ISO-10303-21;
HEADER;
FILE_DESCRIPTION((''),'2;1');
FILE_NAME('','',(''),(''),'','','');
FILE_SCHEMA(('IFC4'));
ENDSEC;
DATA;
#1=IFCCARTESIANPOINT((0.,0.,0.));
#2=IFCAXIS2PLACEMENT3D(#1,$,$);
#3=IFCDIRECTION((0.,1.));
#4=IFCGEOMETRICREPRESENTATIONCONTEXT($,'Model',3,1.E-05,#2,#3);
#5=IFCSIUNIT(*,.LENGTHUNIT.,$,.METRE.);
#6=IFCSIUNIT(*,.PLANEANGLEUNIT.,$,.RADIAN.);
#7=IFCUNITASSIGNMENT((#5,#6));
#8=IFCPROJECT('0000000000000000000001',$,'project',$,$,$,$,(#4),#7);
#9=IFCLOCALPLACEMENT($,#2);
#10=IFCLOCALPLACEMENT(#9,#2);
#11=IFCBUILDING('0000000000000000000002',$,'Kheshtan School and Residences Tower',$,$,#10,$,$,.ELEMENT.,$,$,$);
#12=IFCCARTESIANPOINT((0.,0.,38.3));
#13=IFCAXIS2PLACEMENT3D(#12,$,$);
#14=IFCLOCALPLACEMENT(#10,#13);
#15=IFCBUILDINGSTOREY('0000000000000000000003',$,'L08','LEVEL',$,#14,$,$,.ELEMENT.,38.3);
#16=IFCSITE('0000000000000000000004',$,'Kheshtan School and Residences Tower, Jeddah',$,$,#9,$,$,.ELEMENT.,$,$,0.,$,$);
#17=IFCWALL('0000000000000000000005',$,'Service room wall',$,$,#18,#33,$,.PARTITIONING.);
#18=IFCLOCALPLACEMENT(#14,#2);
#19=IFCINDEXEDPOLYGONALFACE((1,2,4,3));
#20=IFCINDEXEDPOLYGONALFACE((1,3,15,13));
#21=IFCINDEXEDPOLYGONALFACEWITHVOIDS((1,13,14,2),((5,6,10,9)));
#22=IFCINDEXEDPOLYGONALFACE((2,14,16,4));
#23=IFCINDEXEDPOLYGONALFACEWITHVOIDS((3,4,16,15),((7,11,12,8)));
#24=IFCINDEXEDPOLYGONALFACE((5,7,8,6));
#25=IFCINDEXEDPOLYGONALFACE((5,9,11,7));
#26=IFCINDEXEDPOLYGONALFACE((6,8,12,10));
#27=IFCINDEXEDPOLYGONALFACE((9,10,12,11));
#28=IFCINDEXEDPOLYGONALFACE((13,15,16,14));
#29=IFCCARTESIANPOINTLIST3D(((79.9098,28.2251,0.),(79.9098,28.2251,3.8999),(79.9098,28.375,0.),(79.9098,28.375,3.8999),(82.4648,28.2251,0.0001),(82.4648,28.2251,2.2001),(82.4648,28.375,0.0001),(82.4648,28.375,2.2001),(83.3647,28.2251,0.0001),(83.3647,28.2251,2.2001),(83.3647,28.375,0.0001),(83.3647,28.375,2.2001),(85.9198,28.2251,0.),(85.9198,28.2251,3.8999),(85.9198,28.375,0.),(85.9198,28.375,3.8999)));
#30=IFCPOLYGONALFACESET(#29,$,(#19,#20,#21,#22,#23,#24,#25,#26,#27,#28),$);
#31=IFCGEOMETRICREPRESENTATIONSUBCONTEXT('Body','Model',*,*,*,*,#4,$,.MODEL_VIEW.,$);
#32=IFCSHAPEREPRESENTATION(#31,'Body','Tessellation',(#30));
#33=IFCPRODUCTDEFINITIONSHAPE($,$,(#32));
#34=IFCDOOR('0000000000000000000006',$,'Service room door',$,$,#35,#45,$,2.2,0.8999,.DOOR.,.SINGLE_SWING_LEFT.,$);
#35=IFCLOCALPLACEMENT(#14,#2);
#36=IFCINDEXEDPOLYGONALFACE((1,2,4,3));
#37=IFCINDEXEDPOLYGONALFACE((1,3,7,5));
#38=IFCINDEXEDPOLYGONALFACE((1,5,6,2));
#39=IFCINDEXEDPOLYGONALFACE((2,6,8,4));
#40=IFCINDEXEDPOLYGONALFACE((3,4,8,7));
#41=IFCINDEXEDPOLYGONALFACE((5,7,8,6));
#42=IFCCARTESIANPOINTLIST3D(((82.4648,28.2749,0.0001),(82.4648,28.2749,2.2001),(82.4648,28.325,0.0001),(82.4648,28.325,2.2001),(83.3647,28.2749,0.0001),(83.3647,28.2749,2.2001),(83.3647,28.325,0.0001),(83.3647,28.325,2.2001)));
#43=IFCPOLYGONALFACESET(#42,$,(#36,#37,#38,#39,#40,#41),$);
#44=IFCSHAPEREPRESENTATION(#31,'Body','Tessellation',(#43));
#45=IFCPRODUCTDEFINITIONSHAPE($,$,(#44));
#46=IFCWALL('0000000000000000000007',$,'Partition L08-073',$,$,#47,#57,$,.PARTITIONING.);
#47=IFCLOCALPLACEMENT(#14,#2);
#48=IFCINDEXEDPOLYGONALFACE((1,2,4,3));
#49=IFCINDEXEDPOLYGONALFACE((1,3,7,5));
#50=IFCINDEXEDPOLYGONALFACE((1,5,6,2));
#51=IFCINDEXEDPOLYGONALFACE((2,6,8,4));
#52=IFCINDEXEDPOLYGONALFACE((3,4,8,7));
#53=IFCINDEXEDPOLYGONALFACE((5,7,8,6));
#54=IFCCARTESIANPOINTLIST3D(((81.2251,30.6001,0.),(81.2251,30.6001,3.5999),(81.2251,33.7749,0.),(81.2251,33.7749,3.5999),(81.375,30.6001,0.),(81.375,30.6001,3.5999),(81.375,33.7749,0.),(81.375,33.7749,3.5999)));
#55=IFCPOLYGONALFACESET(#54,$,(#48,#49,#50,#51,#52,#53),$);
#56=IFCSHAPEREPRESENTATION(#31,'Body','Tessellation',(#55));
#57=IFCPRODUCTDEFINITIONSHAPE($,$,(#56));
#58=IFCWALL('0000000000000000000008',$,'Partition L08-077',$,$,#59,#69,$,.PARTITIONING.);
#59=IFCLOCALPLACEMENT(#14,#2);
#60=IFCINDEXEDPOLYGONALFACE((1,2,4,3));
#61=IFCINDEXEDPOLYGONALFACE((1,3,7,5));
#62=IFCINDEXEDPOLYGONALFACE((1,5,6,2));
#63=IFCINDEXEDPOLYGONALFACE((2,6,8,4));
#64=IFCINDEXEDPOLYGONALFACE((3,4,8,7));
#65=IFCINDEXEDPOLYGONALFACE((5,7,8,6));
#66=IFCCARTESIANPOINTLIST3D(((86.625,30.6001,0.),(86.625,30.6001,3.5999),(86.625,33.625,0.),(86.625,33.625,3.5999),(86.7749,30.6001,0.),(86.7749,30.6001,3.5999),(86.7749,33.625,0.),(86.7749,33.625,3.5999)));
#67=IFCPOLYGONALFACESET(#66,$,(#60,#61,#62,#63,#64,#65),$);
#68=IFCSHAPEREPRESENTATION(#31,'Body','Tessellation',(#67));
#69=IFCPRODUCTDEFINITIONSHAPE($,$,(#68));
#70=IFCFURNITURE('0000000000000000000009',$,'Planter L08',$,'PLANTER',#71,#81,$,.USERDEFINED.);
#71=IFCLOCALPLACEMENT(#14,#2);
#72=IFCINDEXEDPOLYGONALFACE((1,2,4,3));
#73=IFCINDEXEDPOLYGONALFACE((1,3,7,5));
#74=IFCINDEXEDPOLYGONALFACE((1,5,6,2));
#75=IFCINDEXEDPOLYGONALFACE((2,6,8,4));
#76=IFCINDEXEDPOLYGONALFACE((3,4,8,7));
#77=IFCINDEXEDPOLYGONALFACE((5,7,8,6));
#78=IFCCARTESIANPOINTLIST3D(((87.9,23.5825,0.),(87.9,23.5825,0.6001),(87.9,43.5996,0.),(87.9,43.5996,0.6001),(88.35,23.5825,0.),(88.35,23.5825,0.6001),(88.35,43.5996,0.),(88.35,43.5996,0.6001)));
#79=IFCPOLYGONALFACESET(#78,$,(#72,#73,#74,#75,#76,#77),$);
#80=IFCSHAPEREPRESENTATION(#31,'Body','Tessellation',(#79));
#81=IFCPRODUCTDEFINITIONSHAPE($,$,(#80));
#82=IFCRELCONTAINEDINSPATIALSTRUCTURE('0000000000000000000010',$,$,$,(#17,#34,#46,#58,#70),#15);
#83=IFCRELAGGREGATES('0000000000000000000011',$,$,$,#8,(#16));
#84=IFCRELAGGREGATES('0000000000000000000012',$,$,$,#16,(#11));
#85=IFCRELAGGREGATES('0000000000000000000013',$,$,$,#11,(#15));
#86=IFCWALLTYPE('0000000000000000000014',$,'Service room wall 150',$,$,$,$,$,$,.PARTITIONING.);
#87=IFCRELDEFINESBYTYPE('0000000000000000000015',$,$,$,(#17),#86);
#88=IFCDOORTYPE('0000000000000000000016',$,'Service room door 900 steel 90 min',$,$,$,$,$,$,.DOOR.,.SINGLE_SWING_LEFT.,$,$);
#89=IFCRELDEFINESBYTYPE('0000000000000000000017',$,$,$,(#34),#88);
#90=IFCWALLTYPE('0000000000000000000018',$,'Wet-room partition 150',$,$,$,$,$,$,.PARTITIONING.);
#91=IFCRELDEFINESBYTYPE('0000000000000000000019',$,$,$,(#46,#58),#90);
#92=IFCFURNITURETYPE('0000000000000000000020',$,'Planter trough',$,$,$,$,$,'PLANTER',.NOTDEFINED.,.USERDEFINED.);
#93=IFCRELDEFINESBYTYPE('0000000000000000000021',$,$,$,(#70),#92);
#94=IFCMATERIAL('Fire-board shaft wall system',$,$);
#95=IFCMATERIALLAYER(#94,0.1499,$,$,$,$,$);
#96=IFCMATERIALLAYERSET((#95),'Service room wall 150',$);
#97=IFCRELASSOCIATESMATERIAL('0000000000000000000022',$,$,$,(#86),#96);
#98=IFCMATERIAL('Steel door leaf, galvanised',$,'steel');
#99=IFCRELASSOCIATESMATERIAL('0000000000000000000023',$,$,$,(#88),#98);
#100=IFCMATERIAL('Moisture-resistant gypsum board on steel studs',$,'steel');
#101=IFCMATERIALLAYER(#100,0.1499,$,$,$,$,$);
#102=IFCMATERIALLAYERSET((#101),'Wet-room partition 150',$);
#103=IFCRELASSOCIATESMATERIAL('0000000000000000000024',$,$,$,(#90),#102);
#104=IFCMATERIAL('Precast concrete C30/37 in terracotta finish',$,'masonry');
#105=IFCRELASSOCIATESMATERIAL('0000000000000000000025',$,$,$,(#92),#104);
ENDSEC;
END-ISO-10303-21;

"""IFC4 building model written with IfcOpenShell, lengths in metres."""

from ifc_helpers import new_model, si_unit, direction, frame, frame_2d, origin, origin_2d, place, context, subcontext, project, spatial, rectangle, extrude, source, transform, mapped, material, layer, layer_set, type_object, element, fill, save


model = new_model("IFC4")

# Units and contexts
model_context = context("Model", 3, precision=1e-05, world=origin(), true_north=direction((0.0, 1.0)))
body_context = subcontext(model_context, "Body", "Model", "MODEL_VIEW")
ifc_project = project(units=[si_unit("LENGTHUNIT", "METRE"), si_unit("PLANEANGLEUNIT", "RADIAN")], contexts=[model_context])

# Site, building, storey
site_placement = place(None, origin())
site = spatial("IfcSite", under=ifc_project, at=site_placement, Name="Kheshtan School and Residences Tower, Jeddah", CompositionType="ELEMENT", RefElevation=0.0)
building_placement = place(site_placement, origin())
building = spatial("IfcBuilding", under=site, at=building_placement, Name="Kheshtan School and Residences Tower", CompositionType="ELEMENT")
storey_placement = place(building_placement, frame((0.0, 0.0, 38.3)))
storey = spatial("IfcBuildingStorey", under=building, at=storey_placement, Name="L08", Description="LEVEL", CompositionType="ELEMENT", Elevation=38.3)

# Wall, opening, door
ifc_material_1 = material(Name="Fire-board shaft wall system")
ifc_layer_1 = layer(ifc_material_1, 0.1499)
ifc_layer_set_1 = layer_set([ifc_layer_1], Name="Service room wall 150")
wall_type_1 = type_object("IfcWallType", Name="Service room wall 150", PredefinedType="PARTITIONING", material=ifc_layer_set_1)
wall_1_placement = place(storey_placement, frame((79.9099, 28.3, 0.0), z_axis=(0.0, 0.0, 1.0), x_axis=(1.0, 0.0, 0.0)))
wall_1 = element("IfcWall", 1, at=wall_1_placement, inside=storey, type_object=wall_type_1, Name="Service room wall", PredefinedType="PARTITIONING", context=body_context, shape_type="SweptSolid", body=[
    extrude(rectangle(XDim=6.01, YDim=0.1499, at=frame_2d((3.0049, 0.0))), origin(), (0.0, 0.0, 1.0), 3.8999),
])
opening_1_placement = place(wall_1_placement, frame((2.5549, 0.0, 0.0)))
opening_1 = element("IfcOpeningElement", 2, at=opening_1_placement, cuts=wall_1, PredefinedType="OPENING", context=body_context, shape_type="SweptSolid", body=[
    extrude(rectangle(XDim=0.8999, YDim=2.2, at=frame_2d((0.45, 1.1001))), frame((0.0, 0.085, 0.0), z_axis=(0.0, -1.0, 0.0), x_axis=(1.0, 0.0, 0.0)), (0.0, 0.0, 1.0), 0.1699),
])
ifc_material_2 = material(Name="Steel door leaf, galvanised", Category="steel")
door_type_1 = type_object("IfcDoorType", Name="Service room door 900 steel 90 min", OperationType="SINGLE_SWING_LEFT", PredefinedType="DOOR", material=ifc_material_2)
shared_shape_1 = source(origin(), body_context, "Body", "SweptSolid", [
    extrude(rectangle(XDim=0.8999, YDim=2.2, at=frame_2d((0.45, 1.1001))), frame((0.0, 0.0249, 0.0), z_axis=(0.0, -1.0, 0.0), x_axis=(1.0, 0.0, 0.0)), (0.0, 0.0, 1.0), 0.05),
])
door_1_placement = place(opening_1_placement, origin())
door_1 = element("IfcDoor", 3, at=door_1_placement, inside=storey, type_object=door_type_1, Name="Service room door", OperationType="SINGLE_SWING_LEFT", OverallHeight=2.2, OverallWidth=0.8999, PredefinedType="DOOR", context=body_context, shape_type="MappedRepresentation", body=[
    mapped(shared_shape_1, transform((0.0, 0.0, 0.0), x_axis=(1.0, 0.0, 0.0), y_axis=(0.0, 1.0, 0.0), z_axis=(0.0, 0.0, 1.0), scale=1.0)),
])
fill(opening_1, door_1)

# Walls
ifc_material_3 = material(Name="Moisture-resistant gypsum board on steel studs", Category="steel")
ifc_layer_2 = layer(ifc_material_3, 0.1499)
ifc_layer_set_2 = layer_set([ifc_layer_2], Name="Wet-room partition 150")
wall_type_2 = type_object("IfcWallType", Name="Wet-room partition 150", PredefinedType="PARTITIONING", material=ifc_layer_set_2)
wall_2_placement = place(storey_placement, frame((81.3, 30.6001, 0.0), z_axis=(0.0, 0.0, 1.0), x_axis=(0.0, 1.0, 0.0)))
element("IfcWall", 4, at=wall_2_placement, inside=storey, type_object=wall_type_2, Name="Partition L08-073", PredefinedType="PARTITIONING", context=body_context, shape_type="SweptSolid", body=[
    extrude(rectangle(XDim=3.1748, YDim=0.1499, at=frame_2d((1.5874, 0.0))), origin(), (0.0, 0.0, 1.0), 3.5999),
])
wall_3_placement = place(storey_placement, frame((86.7, 30.6001, 0.0), z_axis=(0.0, 0.0, 1.0), x_axis=(0.0, 1.0, 0.0)))
element("IfcWall", 5, at=wall_3_placement, inside=storey, type_object=wall_type_2, Name="Partition L08-077", PredefinedType="PARTITIONING", context=body_context, shape_type="SweptSolid", body=[
    extrude(rectangle(XDim=3.0249, YDim=0.1499, at=frame_2d((1.5125, 0.0))), origin(), (0.0, 0.0, 1.0), 3.5999),
])

# Furniture
ifc_material_4 = material(Name="Precast concrete C30/37 in terracotta finish", Category="masonry")
furniture_type = type_object("IfcFurnitureType", Name="Planter trough", ElementType="PLANTER", AssemblyPlace="NOTDEFINED", PredefinedType="USERDEFINED", material=ifc_material_4)
furniture_placement = place(storey_placement, frame((88.125, 33.5911, 0.0), z_axis=(0.0, 0.0, 1.0), x_axis=(0.0, -1.0, 0.0)))
element("IfcFurniture", 6, at=furniture_placement, inside=storey, type_object=furniture_type, Name="Planter L08", ObjectType="PLANTER", PredefinedType="USERDEFINED", context=body_context, shape_type="SweptSolid", body=[
    extrude(rectangle(XDim=20.0171, YDim=0.45, at=origin_2d()), origin(), (0.0, 0.0, 1.0), 0.6001),
])

save(model, "model.ifc")
